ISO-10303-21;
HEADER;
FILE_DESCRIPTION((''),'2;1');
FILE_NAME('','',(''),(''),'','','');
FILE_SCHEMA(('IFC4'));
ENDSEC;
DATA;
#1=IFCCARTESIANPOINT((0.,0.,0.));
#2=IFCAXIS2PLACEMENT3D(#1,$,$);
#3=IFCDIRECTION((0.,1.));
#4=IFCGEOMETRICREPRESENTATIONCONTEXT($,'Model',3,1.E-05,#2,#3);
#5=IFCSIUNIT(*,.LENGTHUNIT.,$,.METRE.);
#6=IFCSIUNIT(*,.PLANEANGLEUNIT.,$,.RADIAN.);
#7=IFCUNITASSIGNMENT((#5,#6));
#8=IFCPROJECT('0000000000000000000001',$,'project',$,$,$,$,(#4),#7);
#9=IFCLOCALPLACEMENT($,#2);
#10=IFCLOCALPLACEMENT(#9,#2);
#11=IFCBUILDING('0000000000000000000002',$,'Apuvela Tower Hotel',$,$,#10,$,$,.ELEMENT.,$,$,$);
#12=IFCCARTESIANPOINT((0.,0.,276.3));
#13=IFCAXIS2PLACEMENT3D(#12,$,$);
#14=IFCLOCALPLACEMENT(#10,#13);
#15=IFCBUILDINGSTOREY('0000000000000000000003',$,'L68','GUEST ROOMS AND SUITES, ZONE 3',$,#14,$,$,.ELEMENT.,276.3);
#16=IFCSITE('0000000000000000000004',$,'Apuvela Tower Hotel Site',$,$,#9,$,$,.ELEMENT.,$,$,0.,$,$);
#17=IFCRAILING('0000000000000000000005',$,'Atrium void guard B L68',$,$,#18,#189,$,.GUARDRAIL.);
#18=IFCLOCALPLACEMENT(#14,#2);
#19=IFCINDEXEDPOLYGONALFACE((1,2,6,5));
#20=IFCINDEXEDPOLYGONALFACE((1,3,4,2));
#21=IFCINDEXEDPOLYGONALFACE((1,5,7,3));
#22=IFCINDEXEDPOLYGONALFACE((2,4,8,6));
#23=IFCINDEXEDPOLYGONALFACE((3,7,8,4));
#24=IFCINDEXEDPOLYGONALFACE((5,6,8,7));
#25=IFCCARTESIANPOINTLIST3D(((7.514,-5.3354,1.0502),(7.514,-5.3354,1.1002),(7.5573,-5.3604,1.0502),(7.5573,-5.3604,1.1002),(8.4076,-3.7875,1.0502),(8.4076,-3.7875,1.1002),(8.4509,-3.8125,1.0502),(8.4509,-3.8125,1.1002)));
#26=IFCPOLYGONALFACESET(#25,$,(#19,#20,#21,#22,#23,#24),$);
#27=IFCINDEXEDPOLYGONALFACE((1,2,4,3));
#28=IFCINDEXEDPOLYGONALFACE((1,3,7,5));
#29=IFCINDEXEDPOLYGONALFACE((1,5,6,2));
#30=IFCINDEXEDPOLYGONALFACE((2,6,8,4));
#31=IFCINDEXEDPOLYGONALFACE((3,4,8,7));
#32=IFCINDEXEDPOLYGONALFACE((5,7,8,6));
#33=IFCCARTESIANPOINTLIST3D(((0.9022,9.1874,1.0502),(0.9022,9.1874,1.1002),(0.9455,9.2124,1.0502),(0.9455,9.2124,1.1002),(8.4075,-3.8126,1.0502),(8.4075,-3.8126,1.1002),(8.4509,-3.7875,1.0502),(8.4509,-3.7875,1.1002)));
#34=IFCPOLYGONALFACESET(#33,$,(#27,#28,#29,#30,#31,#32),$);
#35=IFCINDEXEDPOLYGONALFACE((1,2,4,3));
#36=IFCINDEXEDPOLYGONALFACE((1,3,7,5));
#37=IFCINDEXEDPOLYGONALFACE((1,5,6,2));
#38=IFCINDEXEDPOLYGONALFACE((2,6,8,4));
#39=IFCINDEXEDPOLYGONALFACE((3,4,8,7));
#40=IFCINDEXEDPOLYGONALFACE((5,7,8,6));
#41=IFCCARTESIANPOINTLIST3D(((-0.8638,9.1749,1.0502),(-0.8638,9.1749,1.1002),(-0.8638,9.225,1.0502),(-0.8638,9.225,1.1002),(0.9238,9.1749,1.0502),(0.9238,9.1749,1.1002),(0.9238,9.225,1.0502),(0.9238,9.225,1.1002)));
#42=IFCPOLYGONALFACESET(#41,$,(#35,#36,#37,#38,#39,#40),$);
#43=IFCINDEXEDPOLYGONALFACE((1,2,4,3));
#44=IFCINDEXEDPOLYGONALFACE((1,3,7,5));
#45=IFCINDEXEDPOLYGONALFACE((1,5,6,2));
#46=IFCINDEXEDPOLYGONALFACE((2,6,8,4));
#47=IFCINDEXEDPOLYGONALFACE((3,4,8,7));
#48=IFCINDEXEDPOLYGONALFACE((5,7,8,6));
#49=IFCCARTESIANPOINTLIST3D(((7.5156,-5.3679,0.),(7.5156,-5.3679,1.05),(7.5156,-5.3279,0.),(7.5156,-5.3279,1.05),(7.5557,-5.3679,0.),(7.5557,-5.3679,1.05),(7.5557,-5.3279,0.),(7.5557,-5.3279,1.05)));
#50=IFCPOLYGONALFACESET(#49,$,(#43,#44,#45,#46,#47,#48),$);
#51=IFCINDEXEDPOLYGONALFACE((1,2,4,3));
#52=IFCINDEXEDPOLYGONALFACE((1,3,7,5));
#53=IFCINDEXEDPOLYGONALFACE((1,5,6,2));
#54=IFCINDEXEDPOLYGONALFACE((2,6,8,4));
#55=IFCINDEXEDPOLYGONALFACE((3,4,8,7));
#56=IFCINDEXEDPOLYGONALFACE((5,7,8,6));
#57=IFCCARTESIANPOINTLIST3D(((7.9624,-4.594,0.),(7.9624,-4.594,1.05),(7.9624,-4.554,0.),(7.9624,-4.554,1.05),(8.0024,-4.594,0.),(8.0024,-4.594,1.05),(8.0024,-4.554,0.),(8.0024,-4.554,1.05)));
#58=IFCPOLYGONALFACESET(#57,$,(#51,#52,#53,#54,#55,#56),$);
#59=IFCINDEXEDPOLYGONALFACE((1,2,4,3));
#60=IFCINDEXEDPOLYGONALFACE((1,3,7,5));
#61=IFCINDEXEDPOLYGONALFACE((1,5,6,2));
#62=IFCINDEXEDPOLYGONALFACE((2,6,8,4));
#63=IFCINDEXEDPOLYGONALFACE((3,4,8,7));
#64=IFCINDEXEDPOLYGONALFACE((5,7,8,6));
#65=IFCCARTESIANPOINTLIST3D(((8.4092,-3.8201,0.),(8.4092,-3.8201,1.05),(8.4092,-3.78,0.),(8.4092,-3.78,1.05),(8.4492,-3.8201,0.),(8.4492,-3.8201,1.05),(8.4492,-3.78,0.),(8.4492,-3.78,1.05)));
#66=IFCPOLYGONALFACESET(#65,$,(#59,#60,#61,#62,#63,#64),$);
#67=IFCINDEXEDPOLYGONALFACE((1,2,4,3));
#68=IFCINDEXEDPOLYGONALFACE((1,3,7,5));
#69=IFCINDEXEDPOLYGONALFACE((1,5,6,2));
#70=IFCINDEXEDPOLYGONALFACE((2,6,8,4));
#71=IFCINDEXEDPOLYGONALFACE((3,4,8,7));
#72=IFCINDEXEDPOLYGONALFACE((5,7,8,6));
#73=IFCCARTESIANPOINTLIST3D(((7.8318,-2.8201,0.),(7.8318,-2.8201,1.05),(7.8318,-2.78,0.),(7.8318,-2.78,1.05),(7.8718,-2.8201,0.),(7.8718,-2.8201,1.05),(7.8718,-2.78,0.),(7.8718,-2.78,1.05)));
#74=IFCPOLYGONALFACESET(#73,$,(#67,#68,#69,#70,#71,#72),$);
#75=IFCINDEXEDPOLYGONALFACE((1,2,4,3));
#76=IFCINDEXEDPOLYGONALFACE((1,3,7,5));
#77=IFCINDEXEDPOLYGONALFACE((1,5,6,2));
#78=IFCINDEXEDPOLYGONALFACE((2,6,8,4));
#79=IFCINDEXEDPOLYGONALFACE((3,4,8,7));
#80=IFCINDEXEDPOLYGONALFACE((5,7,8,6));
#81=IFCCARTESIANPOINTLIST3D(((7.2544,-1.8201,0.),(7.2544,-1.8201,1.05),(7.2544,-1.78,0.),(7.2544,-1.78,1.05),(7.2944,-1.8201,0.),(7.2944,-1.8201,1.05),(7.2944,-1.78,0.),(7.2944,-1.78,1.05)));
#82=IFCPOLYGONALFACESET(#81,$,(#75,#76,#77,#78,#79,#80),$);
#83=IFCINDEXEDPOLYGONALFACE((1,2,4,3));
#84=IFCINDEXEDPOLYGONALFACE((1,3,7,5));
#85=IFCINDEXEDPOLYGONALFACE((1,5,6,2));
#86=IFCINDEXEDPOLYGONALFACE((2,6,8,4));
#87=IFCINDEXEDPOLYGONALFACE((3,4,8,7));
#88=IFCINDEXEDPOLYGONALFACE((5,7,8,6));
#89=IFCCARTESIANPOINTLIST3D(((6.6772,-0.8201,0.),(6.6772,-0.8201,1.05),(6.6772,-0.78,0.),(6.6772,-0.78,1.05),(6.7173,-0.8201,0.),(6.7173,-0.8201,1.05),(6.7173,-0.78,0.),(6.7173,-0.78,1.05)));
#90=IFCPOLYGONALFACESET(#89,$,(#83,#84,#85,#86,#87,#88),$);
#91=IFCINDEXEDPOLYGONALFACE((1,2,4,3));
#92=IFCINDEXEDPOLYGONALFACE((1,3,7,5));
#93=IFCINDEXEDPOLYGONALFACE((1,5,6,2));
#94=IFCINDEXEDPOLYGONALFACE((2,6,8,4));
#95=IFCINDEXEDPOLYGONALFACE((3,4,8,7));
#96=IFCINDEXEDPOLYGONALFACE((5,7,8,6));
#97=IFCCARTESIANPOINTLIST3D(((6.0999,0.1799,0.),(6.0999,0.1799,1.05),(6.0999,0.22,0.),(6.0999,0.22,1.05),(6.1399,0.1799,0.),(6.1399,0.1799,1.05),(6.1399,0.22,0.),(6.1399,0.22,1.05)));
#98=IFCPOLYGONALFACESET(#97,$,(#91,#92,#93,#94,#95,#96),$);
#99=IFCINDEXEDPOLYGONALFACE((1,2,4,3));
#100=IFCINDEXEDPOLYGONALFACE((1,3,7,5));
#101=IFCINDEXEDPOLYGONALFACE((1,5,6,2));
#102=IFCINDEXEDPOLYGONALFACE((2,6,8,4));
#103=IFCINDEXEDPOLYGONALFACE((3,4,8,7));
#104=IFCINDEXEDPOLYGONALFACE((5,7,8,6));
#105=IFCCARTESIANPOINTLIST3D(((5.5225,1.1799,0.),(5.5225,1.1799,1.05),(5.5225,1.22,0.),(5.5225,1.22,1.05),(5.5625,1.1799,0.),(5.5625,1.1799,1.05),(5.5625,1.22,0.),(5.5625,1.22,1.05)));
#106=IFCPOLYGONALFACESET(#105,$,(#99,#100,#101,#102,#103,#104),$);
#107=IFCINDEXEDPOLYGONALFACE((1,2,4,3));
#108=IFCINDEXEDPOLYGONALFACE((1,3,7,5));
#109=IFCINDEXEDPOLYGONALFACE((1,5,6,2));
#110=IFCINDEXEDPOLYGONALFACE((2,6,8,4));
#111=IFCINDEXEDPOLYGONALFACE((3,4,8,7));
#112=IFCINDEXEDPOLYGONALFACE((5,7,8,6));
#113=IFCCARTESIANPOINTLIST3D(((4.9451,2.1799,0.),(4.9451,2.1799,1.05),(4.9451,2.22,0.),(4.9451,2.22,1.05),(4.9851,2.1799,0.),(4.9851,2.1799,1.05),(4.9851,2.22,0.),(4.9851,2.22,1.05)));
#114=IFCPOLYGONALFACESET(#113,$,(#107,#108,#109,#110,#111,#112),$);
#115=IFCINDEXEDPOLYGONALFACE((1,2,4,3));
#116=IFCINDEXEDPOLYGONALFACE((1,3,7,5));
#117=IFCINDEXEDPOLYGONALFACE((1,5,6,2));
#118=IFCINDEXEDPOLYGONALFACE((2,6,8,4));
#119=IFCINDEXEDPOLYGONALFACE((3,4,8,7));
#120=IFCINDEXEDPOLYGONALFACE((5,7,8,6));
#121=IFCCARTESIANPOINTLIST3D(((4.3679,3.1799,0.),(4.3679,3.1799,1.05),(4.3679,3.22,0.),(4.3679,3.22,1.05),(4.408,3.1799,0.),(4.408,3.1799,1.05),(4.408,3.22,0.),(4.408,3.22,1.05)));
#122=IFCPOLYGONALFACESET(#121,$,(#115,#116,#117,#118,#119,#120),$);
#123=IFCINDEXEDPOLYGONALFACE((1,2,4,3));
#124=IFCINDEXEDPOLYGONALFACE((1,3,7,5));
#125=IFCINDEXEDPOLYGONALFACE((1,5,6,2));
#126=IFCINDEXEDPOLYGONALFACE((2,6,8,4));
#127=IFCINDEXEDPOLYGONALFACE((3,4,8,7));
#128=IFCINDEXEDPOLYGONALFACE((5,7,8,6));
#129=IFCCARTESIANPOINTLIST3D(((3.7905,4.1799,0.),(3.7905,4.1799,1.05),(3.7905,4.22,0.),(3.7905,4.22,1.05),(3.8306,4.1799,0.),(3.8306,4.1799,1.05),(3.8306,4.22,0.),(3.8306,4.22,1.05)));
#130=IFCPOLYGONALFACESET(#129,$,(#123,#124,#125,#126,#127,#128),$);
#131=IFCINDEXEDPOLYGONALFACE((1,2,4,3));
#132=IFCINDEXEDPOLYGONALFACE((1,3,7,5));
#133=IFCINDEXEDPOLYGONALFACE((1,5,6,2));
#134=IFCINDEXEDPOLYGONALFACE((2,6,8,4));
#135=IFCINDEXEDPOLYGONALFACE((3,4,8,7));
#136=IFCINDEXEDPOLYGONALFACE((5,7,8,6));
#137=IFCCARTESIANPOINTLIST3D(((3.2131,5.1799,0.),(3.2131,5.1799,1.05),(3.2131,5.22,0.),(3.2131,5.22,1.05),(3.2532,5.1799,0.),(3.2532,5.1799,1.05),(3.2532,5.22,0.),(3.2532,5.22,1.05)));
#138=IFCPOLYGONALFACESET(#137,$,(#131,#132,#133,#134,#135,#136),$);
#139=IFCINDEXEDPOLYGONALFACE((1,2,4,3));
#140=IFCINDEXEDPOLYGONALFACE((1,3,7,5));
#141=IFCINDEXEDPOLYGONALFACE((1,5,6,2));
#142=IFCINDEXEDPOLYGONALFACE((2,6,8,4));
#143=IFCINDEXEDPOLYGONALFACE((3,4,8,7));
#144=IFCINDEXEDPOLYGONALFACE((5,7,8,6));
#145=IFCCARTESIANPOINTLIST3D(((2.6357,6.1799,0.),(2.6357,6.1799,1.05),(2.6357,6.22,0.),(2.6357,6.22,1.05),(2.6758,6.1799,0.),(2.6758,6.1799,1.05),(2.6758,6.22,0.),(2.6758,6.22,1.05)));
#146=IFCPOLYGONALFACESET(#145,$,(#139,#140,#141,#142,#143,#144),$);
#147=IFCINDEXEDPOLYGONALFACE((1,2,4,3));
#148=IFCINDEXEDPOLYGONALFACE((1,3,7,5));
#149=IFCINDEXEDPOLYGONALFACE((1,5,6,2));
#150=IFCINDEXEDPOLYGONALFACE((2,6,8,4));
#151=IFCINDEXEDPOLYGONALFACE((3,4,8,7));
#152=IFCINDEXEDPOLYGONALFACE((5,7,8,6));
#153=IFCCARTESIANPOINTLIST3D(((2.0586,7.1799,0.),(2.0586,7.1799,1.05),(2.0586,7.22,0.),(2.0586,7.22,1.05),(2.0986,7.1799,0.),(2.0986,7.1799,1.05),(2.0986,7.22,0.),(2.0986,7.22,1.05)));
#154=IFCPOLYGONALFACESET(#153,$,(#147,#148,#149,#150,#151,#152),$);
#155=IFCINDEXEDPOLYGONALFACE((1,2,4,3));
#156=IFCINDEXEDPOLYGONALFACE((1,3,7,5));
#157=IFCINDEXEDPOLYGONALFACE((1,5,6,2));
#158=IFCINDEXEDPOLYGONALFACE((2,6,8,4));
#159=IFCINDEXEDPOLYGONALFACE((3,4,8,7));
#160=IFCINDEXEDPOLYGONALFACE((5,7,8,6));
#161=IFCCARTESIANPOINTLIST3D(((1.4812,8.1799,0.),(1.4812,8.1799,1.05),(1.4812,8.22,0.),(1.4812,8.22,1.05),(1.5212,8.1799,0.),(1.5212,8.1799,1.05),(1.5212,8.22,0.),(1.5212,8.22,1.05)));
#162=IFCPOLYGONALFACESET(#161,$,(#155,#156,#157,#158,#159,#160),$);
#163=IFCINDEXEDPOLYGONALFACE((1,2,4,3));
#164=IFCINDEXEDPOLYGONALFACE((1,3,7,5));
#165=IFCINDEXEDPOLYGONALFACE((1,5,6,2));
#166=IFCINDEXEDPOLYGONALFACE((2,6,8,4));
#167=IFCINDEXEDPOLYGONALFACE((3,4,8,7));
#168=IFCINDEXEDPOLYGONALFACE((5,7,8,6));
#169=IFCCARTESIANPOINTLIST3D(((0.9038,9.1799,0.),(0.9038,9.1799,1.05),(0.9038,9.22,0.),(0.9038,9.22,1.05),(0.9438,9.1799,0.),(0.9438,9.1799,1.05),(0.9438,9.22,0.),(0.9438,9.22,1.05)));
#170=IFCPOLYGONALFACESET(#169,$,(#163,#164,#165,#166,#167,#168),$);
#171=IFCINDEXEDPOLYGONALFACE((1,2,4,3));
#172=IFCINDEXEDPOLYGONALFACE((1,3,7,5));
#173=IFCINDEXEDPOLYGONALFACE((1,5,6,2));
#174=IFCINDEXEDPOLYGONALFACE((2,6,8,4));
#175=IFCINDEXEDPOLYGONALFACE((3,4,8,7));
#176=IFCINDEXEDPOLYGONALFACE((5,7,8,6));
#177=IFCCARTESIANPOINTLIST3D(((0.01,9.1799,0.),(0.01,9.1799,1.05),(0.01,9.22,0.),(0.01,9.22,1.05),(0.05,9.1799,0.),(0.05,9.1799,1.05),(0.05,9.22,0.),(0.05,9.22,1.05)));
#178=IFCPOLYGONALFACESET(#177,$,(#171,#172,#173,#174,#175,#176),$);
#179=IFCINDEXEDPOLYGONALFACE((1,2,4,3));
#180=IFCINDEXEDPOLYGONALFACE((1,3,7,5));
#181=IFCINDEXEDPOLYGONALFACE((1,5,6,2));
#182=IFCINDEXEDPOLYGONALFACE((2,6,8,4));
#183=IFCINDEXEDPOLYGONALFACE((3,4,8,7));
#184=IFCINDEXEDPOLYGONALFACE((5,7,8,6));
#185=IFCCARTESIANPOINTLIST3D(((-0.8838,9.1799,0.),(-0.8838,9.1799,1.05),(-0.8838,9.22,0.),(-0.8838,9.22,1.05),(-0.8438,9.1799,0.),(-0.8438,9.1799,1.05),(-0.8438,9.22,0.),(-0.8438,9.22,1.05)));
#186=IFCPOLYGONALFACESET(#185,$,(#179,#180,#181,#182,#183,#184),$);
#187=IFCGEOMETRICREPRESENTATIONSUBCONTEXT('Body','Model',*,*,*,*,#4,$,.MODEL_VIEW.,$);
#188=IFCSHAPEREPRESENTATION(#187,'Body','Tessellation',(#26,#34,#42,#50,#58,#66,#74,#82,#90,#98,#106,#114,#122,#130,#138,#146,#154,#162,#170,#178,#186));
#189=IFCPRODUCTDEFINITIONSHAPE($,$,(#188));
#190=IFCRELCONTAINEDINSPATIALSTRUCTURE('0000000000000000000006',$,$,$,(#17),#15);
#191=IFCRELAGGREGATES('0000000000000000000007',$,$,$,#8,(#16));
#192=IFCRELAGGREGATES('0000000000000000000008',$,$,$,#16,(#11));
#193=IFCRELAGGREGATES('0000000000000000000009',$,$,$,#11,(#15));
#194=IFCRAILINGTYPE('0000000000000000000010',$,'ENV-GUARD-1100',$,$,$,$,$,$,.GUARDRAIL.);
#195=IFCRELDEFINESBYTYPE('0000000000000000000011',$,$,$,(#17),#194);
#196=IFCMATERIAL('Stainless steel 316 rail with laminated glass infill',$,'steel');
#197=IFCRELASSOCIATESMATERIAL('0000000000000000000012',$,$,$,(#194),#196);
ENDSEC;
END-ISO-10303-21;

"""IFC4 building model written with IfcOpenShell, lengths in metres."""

from ifc_helpers import new_model, si_unit, direction, frame, origin, origin_2d, place, context, subcontext, project, spatial, rectangle, extrude, material, type_object, element, save


model = new_model("IFC4")

# Units and contexts
model_context = context("Model", 3, precision=1e-05, world=origin(), true_north=direction((0.0, 1.0)))
body_context = subcontext(model_context, "Body", "Model", "MODEL_VIEW")
ifc_project = project(units=[si_unit("LENGTHUNIT", "METRE"), si_unit("PLANEANGLEUNIT", "RADIAN")], contexts=[model_context])

# Site, building, storey
site_placement = place(None, origin())
site = spatial("IfcSite", under=ifc_project, at=site_placement, Name="Apuvela Tower Hotel Site", CompositionType="ELEMENT", RefElevation=0.0)
building_placement = place(site_placement, origin())
building = spatial("IfcBuilding", under=site, at=building_placement, Name="Apuvela Tower Hotel", CompositionType="ELEMENT")
storey_placement = place(building_placement, frame((0.0, 0.0, 276.3)))
storey = spatial("IfcBuildingStorey", under=building, at=storey_placement, Name="L68", Description="GUEST ROOMS AND SUITES, ZONE 3", CompositionType="ELEMENT", Elevation=276.3)

# Railing
ifc_material_1 = material(Name="Stainless steel 316 rail with laminated glass infill", Category="steel")
railing_type_1 = type_object("IfcRailingType", Name="ENV-GUARD-1100", PredefinedType="GUARDRAIL", material=ifc_material_1)
railing_1_placement = place(storey_placement, frame((7.5356, -5.3479, 0.0)))
element("IfcRailing", 1, at=railing_1_placement, inside=storey, type_object=railing_type_1, Name="Atrium void guard B L68", PredefinedType="GUARDRAIL", context=body_context, shape_type="SweptSolid", body=[
    extrude(rectangle(XDim=0.05, YDim=0.05, at=origin_2d()), frame((0.0, 0.0, 1.0752), z_axis=(0.499959, 0.866049, 0.0), x_axis=(-0.866049, 0.499959, 0.0)), (0.0, 0.0, 1.0), 1.7874),
    extrude(rectangle(XDim=0.05, YDim=0.05, at=origin_2d()), frame((0.8936, 1.5479, 1.0752), z_axis=(-0.499991, 0.866031, 0.0), x_axis=(-0.866031, -0.499991, 0.0)), (0.0, 0.0, 1.0), 15.011),
    extrude(rectangle(XDim=0.05, YDim=0.05, at=origin_2d()), frame((-6.6118, 14.5479, 1.0752), z_axis=(-1.0, 0.0, 0.0), x_axis=(0.0, -1.0, 0.0)), (0.0, 0.0, 1.0), 1.7876),
    extrude(rectangle(XDim=0.04, YDim=0.04, at=origin_2d()), origin(), (0.0, 0.0, 1.0), 1.05),
    extrude(rectangle(XDim=0.04, YDim=0.04, at=origin_2d()), frame((0.4468, 0.7739, 0.0)), (0.0, 0.0, 1.0), 1.05),
    extrude(rectangle(XDim=0.04, YDim=0.04, at=origin_2d()), frame((0.8936, 1.5479, 0.0)), (0.0, 0.0, 1.0), 1.05),
    extrude(rectangle(XDim=0.04, YDim=0.04, at=origin_2d()), frame((0.3162, 2.5479, 0.0)), (0.0, 0.0, 1.0), 1.05),
    extrude(rectangle(XDim=0.04, YDim=0.04, at=origin_2d()), frame((-0.2612, 3.5479, 0.0)), (0.0, 0.0, 1.0), 1.05),
    extrude(rectangle(XDim=0.04, YDim=0.04, at=origin_2d()), frame((-0.8384, 4.5479, 0.0)), (0.0, 0.0, 1.0), 1.05),
    extrude(rectangle(XDim=0.04, YDim=0.04, at=origin_2d()), frame((-1.4158, 5.5479, 0.0)), (0.0, 0.0, 1.0), 1.05),
    extrude(rectangle(XDim=0.04, YDim=0.04, at=origin_2d()), frame((-1.9932, 6.5479, 0.0)), (0.0, 0.0, 1.0), 1.05),
    extrude(rectangle(XDim=0.04, YDim=0.04, at=origin_2d()), frame((-2.5706, 7.5479, 0.0)), (0.0, 0.0, 1.0), 1.05),
    extrude(rectangle(XDim=0.04, YDim=0.04, at=origin_2d()), frame((-3.1477, 8.5479, 0.0)), (0.0, 0.0, 1.0), 1.05),
    extrude(rectangle(XDim=0.04, YDim=0.04, at=origin_2d()), frame((-3.7251, 9.5479, 0.0)), (0.0, 0.0, 1.0), 1.05),
    extrude(rectangle(XDim=0.04, YDim=0.04, at=origin_2d()), frame((-4.3025, 10.5479, 0.0)), (0.0, 0.0, 1.0), 1.05),
    extrude(rectangle(XDim=0.04, YDim=0.04, at=origin_2d()), frame((-4.8799, 11.5479, 0.0)), (0.0, 0.0, 1.0), 1.05),
    extrude(rectangle(XDim=0.04, YDim=0.04, at=origin_2d()), frame((-5.457, 12.5479, 0.0)), (0.0, 0.0, 1.0), 1.05),
    extrude(rectangle(XDim=0.04, YDim=0.04, at=origin_2d()), frame((-6.0344, 13.5479, 0.0)), (0.0, 0.0, 1.0), 1.05),
    extrude(rectangle(XDim=0.04, YDim=0.04, at=origin_2d()), frame((-6.6118, 14.5479, 0.0)), (0.0, 0.0, 1.0), 1.05),
    extrude(rectangle(XDim=0.04, YDim=0.04, at=origin_2d()), frame((-7.5056, 14.5479, 0.0)), (0.0, 0.0, 1.0), 1.05),
    extrude(rectangle(XDim=0.04, YDim=0.04, at=origin_2d()), frame((-8.3994, 14.5479, 0.0)), (0.0, 0.0, 1.0), 1.05),
])

save(model, "model.ifc")
